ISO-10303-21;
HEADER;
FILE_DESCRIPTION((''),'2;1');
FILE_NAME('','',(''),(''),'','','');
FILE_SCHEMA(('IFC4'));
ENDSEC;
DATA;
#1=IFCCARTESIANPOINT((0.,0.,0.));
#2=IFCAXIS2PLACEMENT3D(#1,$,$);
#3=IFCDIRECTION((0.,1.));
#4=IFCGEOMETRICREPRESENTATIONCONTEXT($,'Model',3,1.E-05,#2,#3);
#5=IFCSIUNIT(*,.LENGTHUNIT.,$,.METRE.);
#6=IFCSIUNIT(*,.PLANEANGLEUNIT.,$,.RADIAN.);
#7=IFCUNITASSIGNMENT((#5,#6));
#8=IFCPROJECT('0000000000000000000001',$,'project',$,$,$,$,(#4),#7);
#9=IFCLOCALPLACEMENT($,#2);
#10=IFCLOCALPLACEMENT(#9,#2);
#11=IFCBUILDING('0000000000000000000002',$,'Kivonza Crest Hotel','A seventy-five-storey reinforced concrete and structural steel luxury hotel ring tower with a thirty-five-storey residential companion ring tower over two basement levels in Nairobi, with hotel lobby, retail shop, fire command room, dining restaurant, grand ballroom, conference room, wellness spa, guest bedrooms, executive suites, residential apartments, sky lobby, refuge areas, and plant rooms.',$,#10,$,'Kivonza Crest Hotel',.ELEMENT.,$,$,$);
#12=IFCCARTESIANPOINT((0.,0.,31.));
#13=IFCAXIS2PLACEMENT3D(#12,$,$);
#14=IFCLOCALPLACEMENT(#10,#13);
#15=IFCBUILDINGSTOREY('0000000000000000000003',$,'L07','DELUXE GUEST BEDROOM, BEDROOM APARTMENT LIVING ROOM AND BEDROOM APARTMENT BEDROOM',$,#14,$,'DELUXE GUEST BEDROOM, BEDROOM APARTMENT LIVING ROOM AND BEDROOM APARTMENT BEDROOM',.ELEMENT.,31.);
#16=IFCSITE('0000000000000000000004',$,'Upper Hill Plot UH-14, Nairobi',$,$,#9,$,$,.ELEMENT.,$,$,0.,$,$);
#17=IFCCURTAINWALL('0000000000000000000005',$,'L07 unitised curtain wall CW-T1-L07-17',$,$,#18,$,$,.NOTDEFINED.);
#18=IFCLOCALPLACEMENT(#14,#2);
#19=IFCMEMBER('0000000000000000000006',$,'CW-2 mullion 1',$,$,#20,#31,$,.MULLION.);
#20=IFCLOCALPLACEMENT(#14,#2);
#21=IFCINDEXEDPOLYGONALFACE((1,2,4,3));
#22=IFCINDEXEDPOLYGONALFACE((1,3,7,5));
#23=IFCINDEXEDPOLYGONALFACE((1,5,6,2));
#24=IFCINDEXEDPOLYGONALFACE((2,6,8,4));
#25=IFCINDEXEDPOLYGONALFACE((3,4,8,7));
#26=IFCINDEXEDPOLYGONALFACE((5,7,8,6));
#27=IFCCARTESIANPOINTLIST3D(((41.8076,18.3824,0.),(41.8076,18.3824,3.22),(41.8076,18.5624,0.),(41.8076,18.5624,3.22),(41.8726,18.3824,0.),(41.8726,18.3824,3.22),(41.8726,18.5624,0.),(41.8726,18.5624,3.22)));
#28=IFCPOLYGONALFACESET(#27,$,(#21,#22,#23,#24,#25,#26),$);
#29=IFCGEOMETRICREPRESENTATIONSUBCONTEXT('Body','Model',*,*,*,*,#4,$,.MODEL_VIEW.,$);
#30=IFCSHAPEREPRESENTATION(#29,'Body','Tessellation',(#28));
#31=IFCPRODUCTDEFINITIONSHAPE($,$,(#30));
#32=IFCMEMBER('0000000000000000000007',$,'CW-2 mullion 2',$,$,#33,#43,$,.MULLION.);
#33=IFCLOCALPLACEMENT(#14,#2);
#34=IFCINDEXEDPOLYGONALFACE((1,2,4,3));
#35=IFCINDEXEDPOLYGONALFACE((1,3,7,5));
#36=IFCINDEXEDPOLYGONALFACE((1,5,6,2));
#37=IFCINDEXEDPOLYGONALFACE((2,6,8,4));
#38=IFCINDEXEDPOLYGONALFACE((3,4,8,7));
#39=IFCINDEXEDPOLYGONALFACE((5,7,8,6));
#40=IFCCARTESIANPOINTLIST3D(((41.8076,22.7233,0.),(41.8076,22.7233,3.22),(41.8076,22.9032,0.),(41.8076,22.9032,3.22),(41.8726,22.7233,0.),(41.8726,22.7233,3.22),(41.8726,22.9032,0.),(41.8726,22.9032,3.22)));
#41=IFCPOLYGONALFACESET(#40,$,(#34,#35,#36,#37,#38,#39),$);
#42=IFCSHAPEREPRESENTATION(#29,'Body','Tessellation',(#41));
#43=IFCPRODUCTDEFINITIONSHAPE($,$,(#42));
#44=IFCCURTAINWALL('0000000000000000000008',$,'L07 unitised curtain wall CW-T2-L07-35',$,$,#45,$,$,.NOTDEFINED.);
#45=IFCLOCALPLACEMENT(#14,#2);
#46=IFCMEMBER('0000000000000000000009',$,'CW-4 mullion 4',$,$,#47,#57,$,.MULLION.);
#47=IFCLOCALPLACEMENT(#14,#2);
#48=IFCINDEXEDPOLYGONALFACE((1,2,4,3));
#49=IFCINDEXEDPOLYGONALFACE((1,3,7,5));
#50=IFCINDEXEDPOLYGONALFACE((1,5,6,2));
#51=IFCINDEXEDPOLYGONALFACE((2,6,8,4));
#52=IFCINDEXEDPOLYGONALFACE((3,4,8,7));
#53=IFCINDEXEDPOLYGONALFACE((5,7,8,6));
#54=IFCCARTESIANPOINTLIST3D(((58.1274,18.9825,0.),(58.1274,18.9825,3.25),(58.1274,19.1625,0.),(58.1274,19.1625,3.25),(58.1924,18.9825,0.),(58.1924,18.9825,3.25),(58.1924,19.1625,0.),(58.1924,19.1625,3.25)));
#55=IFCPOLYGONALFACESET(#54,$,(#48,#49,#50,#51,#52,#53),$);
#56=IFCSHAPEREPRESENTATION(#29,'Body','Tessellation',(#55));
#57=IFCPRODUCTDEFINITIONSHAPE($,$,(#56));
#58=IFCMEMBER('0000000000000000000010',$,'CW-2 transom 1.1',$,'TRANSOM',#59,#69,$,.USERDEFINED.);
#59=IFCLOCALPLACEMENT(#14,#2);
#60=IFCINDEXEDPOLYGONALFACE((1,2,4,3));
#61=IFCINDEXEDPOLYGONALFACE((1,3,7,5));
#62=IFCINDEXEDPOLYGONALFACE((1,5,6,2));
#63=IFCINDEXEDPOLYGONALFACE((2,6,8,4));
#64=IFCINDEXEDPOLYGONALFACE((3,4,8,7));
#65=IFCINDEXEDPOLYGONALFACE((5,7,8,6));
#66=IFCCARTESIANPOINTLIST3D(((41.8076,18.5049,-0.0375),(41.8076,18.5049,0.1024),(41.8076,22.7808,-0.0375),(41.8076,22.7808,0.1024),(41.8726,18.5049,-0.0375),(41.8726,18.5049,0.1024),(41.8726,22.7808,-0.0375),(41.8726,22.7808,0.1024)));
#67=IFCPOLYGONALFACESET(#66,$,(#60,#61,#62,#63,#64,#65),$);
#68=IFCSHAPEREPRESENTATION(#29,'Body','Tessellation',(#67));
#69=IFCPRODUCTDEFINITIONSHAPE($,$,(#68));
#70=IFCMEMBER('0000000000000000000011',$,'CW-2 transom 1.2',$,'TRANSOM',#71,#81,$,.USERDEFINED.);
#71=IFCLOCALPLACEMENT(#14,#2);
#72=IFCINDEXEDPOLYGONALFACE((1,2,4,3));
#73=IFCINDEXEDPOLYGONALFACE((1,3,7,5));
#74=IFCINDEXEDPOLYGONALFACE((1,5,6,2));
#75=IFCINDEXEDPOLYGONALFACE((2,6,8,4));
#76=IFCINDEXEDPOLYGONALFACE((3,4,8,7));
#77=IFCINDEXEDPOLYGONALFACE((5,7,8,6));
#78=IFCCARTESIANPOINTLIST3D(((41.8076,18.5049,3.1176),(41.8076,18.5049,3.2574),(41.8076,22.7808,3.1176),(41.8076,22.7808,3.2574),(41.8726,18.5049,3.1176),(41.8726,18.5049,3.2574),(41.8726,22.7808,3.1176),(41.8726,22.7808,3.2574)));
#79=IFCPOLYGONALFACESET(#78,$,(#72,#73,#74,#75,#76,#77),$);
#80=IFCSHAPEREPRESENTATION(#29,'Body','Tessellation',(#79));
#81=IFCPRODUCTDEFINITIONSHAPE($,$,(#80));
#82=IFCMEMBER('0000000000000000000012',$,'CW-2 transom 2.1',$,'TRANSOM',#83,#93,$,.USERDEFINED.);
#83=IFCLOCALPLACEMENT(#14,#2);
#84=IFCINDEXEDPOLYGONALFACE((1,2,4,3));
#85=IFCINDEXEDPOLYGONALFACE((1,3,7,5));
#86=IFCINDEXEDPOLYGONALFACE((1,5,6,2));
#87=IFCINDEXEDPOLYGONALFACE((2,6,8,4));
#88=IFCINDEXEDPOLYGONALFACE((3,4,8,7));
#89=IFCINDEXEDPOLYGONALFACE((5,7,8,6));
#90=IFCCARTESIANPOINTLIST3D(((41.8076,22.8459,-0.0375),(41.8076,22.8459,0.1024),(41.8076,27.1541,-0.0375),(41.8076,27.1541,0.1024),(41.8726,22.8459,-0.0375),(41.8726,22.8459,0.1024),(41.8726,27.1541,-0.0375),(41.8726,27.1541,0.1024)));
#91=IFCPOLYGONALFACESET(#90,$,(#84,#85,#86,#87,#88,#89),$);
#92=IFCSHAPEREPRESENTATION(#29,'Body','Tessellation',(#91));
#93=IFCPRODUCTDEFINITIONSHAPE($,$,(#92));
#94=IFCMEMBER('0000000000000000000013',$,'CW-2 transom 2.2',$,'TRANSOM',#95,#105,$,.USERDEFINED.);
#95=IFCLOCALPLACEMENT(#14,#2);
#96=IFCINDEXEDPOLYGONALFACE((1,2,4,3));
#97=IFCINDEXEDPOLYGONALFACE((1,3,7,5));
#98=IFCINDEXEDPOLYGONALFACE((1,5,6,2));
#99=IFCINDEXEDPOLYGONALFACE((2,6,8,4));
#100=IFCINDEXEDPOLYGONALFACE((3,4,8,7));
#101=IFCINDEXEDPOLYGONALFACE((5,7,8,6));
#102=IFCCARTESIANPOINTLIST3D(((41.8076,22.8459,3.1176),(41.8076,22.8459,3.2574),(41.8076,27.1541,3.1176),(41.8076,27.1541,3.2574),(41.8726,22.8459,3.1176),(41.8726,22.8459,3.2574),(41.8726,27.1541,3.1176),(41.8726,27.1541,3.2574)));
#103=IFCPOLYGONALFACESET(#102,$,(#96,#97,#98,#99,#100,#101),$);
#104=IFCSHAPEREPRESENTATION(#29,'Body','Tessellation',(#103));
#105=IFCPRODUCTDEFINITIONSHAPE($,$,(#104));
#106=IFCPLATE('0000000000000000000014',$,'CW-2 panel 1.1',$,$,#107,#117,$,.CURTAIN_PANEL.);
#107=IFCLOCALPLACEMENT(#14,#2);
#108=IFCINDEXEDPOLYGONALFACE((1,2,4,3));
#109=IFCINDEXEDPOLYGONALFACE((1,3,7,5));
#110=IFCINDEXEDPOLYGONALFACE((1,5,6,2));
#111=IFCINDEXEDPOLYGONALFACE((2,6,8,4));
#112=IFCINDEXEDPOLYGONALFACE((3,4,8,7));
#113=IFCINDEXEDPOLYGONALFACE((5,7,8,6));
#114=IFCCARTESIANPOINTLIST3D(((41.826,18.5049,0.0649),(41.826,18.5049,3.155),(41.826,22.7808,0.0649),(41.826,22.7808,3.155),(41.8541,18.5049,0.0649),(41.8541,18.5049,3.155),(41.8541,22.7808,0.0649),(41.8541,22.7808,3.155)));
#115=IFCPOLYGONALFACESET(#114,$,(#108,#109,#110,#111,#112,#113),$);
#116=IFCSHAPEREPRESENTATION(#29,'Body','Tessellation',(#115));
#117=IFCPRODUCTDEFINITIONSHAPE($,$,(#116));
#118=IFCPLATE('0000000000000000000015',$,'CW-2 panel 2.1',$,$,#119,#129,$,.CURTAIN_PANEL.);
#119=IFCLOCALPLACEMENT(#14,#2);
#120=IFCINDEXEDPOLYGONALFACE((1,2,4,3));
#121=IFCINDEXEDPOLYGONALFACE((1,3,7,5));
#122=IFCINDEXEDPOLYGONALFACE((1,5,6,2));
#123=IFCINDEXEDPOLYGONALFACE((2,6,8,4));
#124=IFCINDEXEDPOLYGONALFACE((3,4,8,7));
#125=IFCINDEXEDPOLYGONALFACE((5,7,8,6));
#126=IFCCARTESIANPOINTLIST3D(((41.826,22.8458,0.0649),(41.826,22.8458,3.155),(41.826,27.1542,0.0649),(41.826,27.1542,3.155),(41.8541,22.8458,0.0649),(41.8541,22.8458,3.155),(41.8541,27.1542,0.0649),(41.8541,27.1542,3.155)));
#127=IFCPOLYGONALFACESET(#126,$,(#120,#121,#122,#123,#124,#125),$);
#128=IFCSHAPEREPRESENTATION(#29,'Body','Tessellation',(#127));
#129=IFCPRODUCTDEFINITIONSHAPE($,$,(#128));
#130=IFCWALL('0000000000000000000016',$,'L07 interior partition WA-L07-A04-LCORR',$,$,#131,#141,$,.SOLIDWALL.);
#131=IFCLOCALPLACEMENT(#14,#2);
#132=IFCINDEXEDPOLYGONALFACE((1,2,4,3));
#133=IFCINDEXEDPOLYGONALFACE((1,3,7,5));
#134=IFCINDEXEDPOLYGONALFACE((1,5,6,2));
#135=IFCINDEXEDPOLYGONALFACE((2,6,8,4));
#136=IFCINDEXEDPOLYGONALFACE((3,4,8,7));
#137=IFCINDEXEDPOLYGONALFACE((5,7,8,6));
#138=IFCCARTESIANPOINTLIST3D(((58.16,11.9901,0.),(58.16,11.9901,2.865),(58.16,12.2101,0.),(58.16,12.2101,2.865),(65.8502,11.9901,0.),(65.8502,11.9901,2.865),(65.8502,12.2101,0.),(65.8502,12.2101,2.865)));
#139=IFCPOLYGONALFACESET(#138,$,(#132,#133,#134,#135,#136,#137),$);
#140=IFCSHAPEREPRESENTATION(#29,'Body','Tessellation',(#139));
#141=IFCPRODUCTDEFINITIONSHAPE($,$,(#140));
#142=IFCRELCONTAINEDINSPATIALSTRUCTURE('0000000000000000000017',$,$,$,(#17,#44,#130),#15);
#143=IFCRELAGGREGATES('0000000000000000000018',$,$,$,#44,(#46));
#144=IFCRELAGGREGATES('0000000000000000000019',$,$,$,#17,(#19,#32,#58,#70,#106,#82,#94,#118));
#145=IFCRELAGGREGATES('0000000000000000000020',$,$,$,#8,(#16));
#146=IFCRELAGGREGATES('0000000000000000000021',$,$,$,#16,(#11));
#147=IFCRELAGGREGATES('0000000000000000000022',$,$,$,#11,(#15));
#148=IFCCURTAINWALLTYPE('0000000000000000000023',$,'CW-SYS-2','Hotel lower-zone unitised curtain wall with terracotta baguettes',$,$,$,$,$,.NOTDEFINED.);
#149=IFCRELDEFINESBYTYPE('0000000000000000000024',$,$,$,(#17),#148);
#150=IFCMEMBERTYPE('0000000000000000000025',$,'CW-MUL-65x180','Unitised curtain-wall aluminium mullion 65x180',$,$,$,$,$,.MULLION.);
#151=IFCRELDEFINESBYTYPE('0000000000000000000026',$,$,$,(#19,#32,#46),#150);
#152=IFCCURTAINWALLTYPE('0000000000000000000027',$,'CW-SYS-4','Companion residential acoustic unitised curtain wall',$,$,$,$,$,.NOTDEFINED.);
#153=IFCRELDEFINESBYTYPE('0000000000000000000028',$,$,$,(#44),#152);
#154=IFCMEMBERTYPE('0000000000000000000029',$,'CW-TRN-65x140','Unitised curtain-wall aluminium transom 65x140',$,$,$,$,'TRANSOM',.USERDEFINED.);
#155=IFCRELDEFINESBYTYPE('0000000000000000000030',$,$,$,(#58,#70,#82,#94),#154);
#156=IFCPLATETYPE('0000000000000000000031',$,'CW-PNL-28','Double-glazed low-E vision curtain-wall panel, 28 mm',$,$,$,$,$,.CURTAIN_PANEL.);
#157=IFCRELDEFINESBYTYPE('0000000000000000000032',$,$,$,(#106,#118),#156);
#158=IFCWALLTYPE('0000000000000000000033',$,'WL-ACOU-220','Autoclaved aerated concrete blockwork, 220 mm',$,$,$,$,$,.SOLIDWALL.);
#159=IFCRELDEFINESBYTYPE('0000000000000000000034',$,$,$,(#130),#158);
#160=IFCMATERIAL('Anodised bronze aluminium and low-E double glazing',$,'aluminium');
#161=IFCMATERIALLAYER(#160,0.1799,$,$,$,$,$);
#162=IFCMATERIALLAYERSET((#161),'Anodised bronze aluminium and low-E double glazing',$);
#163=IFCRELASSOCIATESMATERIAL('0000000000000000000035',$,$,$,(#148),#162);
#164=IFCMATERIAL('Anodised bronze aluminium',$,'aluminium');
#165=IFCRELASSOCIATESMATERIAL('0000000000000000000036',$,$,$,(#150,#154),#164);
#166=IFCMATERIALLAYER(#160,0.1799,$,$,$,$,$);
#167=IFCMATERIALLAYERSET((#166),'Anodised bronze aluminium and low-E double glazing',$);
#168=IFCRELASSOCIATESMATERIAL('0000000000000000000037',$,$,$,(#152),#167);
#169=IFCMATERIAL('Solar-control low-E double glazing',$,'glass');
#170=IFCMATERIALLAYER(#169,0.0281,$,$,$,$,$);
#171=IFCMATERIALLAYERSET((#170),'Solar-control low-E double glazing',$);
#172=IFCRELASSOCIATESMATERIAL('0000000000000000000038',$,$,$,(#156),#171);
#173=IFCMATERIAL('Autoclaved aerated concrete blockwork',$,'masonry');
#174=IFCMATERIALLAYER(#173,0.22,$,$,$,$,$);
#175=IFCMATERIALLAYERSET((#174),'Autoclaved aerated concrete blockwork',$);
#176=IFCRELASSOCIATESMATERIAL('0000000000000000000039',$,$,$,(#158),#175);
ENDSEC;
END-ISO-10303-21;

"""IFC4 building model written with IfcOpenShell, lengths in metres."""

from ifc_helpers import new_model, si_unit, direction, frame, frame_2d, origin, origin_2d, place, context, subcontext, project, spatial, rectangle, extrude, material, layer, layer_set, material_profile, profile_set, type_object, element, aggregate, save


model = new_model("IFC4")

# Units and contexts
model_context = context("Model", 3, precision=1e-05, world=origin(), true_north=direction((0.0, 1.0)))
body_context = subcontext(model_context, "Body", "Model", "MODEL_VIEW")
ifc_project = project(units=[si_unit("LENGTHUNIT", "METRE"), si_unit("PLANEANGLEUNIT", "RADIAN")], contexts=[model_context])

# Site, building, storey
site_placement = place(None, origin())
site = spatial("IfcSite", under=ifc_project, at=site_placement, Name="Upper Hill Plot UH-14, Nairobi", CompositionType="ELEMENT", RefElevation=0.0)
building_placement = place(site_placement, origin())
building = spatial("IfcBuilding", under=site, at=building_placement, Name="Kivonza Crest Hotel", Description="A seventy-five-storey reinforced concrete and structural steel luxury hotel ring tower with a thirty-five-storey residential companion ring tower over two basement levels in Nairobi, with hotel lobby, retail shop, fire command room, dining restaurant, grand ballroom, conference room, wellness spa, guest bedrooms, executive suites, residential apartments, sky lobby, refuge areas, and plant rooms.", LongName="Kivonza Crest Hotel", CompositionType="ELEMENT")
storey_placement = place(building_placement, frame((0.0, 0.0, 31.0)))
storey = spatial("IfcBuildingStorey", under=building, at=storey_placement, Name="L07", Description="DELUXE GUEST BEDROOM, BEDROOM APARTMENT LIVING ROOM AND BEDROOM APARTMENT BEDROOM", LongName="DELUXE GUEST BEDROOM, BEDROOM APARTMENT LIVING ROOM AND BEDROOM APARTMENT BEDROOM", CompositionType="ELEMENT", Elevation=31.0)

# Curtain wall, members
ifc_material_1 = material(Name="Anodised bronze aluminium and low-E double glazing", Category="aluminium")
ifc_layer_1 = layer(ifc_material_1, 0.1799)
ifc_layer_set_1 = layer_set([ifc_layer_1], Name="Anodised bronze aluminium and low-E double glazing")
curtain_wall_type_1 = type_object("IfcCurtainWallType", Name="CW-SYS-2", Description="Hotel lower-zone unitised curtain wall with terracotta baguettes", PredefinedType="NOTDEFINED", material=ifc_layer_set_1)
curtain_wall_1_placement = place(storey_placement, origin())
curtain_wall_1 = element("IfcCurtainWall", 1, at=curtain_wall_1_placement, inside=storey, type_object=curtain_wall_type_1, Name="L07 unitised curtain wall CW-T1-L07-17", PredefinedType="NOTDEFINED")
ifc_material_2 = material(Name="Anodised bronze aluminium", Category="aluminium")
ifc_material_profile_1 = material_profile(ifc_material_2, rectangle(XDim=0.0649, YDim=0.1799, at=origin_2d()), Name="CW-M 65x180")
ifc_profile_set_1 = profile_set([ifc_material_profile_1], Name="Anodised bronze aluminium")
member_type_1 = type_object("IfcMemberType", Name="CW-MUL-65x180", Description="Unitised curtain-wall aluminium mullion 65x180", PredefinedType="MULLION", material=ifc_profile_set_1)
member_1_placement = place(storey_placement, frame((41.8401, 18.4724, 0.0), z_axis=(0.0, 0.0, 1.0), x_axis=(-1.0, 0.0, 0.0)))
member_1 = element("IfcMember", 2, at=member_1_placement, type_object=member_type_1, Name="CW-2 mullion 1", PredefinedType="MULLION", context=body_context, shape_type="SweptSolid", body=[
    extrude(rectangle(XDim=0.0649, YDim=0.1799, at=origin_2d()), origin(), (0.0, 0.0, 1.0), 3.22),
])
member_2_placement = place(storey_placement, frame((41.8401, 22.8132, 0.0), z_axis=(0.0, 0.0, 1.0), x_axis=(-1.0, 0.0, 0.0)))
member_2 = element("IfcMember", 3, at=member_2_placement, type_object=member_type_1, Name="CW-2 mullion 2", PredefinedType="MULLION", context=body_context, shape_type="SweptSolid", body=[
    extrude(rectangle(XDim=0.0649, YDim=0.1799, at=origin_2d()), origin(), (0.0, 0.0, 1.0), 3.22),
])

# Curtain wall, member
ifc_layer_2 = layer(ifc_material_1, 0.1799)
ifc_layer_set_2 = layer_set([ifc_layer_2], Name="Anodised bronze aluminium and low-E double glazing")
curtain_wall_type_2 = type_object("IfcCurtainWallType", Name="CW-SYS-4", Description="Companion residential acoustic unitised curtain wall", PredefinedType="NOTDEFINED", material=ifc_layer_set_2)
curtain_wall_2_placement = place(storey_placement, origin())
curtain_wall_2 = element("IfcCurtainWall", 4, at=curtain_wall_2_placement, inside=storey, type_object=curtain_wall_type_2, Name="L07 unitised curtain wall CW-T2-L07-35", PredefinedType="NOTDEFINED")
member_3_placement = place(storey_placement, frame((58.1599, 19.0725, 0.0), z_axis=(0.0, 0.0, 1.0), x_axis=(1.0, 0.0, 0.0)))
member_3 = element("IfcMember", 5, at=member_3_placement, type_object=member_type_1, Name="CW-4 mullion 4", PredefinedType="MULLION", context=body_context, shape_type="SweptSolid", body=[
    extrude(rectangle(XDim=0.0649, YDim=0.1799, at=origin_2d()), origin(), (0.0, 0.0, 1.0), 3.25),
])
aggregate(curtain_wall_2, [member_3])

# Members
ifc_material_profile_2 = material_profile(ifc_material_2, rectangle(XDim=0.0649, YDim=0.1399, at=origin_2d()), Name="CW-T 65x140")
ifc_profile_set_2 = profile_set([ifc_material_profile_2], Name="Anodised bronze aluminium")
member_type_2 = type_object("IfcMemberType", Name="CW-TRN-65x140", Description="Unitised curtain-wall aluminium transom 65x140", ElementType="TRANSOM", PredefinedType="USERDEFINED", material=ifc_profile_set_2)
member_4_placement = place(storey_placement, frame((41.8401, 18.5049, 0.0325), z_axis=(0.0, 1.0, 0.0), x_axis=(-1.0, 0.0, 0.0)))
member_4 = element("IfcMember", 6, at=member_4_placement, type_object=member_type_2, Name="CW-2 transom 1.1", ObjectType="TRANSOM", PredefinedType="USERDEFINED", context=body_context, shape_type="SweptSolid", body=[
    extrude(rectangle(XDim=0.0649, YDim=0.1399, at=origin_2d()), origin(), (0.0, 0.0, 1.0), 4.2759),
])
member_5_placement = place(storey_placement, frame((41.8401, 18.5049, 3.1875), z_axis=(0.0, 1.0, 0.0), x_axis=(-1.0, 0.0, 0.0)))
member_5 = element("IfcMember", 7, at=member_5_placement, type_object=member_type_2, Name="CW-2 transom 1.2", ObjectType="TRANSOM", PredefinedType="USERDEFINED", context=body_context, shape_type="SweptSolid", body=[
    extrude(rectangle(XDim=0.0649, YDim=0.1399, at=origin_2d()), origin(), (0.0, 0.0, 1.0), 4.2759),
])
member_6_placement = place(storey_placement, frame((41.8401, 22.8459, 0.0325), z_axis=(0.0, 1.0, 0.0), x_axis=(-1.0, 0.0, 0.0)))
member_6 = element("IfcMember", 8, at=member_6_placement, type_object=member_type_2, Name="CW-2 transom 2.1", ObjectType="TRANSOM", PredefinedType="USERDEFINED", context=body_context, shape_type="SweptSolid", body=[
    extrude(rectangle(XDim=0.0649, YDim=0.1399, at=origin_2d()), origin(), (0.0, 0.0, 1.0), 4.3081),
])
member_7_placement = place(storey_placement, frame((41.8401, 22.8459, 3.1875), z_axis=(0.0, 1.0, 0.0), x_axis=(-1.0, 0.0, 0.0)))
member_7 = element("IfcMember", 9, at=member_7_placement, type_object=member_type_2, Name="CW-2 transom 2.2", ObjectType="TRANSOM", PredefinedType="USERDEFINED", context=body_context, shape_type="SweptSolid", body=[
    extrude(rectangle(XDim=0.0649, YDim=0.1399, at=origin_2d()), origin(), (0.0, 0.0, 1.0), 4.3081),
])

# Plates
ifc_material_3 = material(Name="Solar-control low-E double glazing", Category="glass")
ifc_layer_3 = layer(ifc_material_3, 0.0281)
ifc_layer_set_3 = layer_set([ifc_layer_3], Name="Solar-control low-E double glazing")
plate_type = type_object("IfcPlateType", Name="CW-PNL-28", Description="Double-glazed low-E vision curtain-wall panel, 28 mm", PredefinedType="CURTAIN_PANEL", material=ifc_layer_set_3)
plate_1_placement = place(storey_placement, frame((41.8401, 20.6428, 0.0649), z_axis=(0.0, 0.0, 1.0), x_axis=(0.0, 1.0, 0.0)))
plate_1 = element("IfcPlate", 10, at=plate_1_placement, type_object=plate_type, Name="CW-2 panel 1.1", PredefinedType="CURTAIN_PANEL", context=body_context, shape_type="SweptSolid", body=[
    extrude(rectangle(XDim=4.2759, YDim=0.0281, at=origin_2d()), origin(), (0.0, 0.0, 1.0), 3.0901),
])
plate_2_placement = place(storey_placement, frame((41.8401, 25.0, 0.0649), z_axis=(0.0, 0.0, 1.0), x_axis=(0.0, 1.0, 0.0)))
plate_2 = element("IfcPlate", 11, at=plate_2_placement, type_object=plate_type, Name="CW-2 panel 2.1", PredefinedType="CURTAIN_PANEL", context=body_context, shape_type="SweptSolid", body=[
    extrude(rectangle(XDim=4.3083, YDim=0.0281, at=origin_2d()), origin(), (0.0, 0.0, 1.0), 3.0901),
])
aggregate(curtain_wall_1, [member_1, member_2, member_4, member_5, plate_1, member_6, member_7, plate_2])

# Wall
ifc_material_4 = material(Name="Autoclaved aerated concrete blockwork", Category="masonry")
ifc_layer_4 = layer(ifc_material_4, 0.22)
ifc_layer_set_4 = layer_set([ifc_layer_4], Name="Autoclaved aerated concrete blockwork")
wall_type_1 = type_object("IfcWallType", Name="WL-ACOU-220", Description="Autoclaved aerated concrete blockwork, 220 mm", PredefinedType="SOLIDWALL", material=ifc_layer_set_4)
wall_1_placement = place(storey_placement, frame((58.1599, 12.1001, 0.0), z_axis=(0.0, 0.0, 1.0), x_axis=(1.0, 0.0, 0.0)))
element("IfcWall", 12, at=wall_1_placement, inside=storey, type_object=wall_type_1, Name="L07 interior partition WA-L07-A04-LCORR", PredefinedType="SOLIDWALL", context=body_context, shape_type="SweptSolid", body=[
    extrude(rectangle(XDim=7.6902, YDim=0.22, at=frame_2d((3.8452, 0.0))), origin(), (0.0, 0.0, 1.0), 2.865),
])

save(model, "model.ifc")
